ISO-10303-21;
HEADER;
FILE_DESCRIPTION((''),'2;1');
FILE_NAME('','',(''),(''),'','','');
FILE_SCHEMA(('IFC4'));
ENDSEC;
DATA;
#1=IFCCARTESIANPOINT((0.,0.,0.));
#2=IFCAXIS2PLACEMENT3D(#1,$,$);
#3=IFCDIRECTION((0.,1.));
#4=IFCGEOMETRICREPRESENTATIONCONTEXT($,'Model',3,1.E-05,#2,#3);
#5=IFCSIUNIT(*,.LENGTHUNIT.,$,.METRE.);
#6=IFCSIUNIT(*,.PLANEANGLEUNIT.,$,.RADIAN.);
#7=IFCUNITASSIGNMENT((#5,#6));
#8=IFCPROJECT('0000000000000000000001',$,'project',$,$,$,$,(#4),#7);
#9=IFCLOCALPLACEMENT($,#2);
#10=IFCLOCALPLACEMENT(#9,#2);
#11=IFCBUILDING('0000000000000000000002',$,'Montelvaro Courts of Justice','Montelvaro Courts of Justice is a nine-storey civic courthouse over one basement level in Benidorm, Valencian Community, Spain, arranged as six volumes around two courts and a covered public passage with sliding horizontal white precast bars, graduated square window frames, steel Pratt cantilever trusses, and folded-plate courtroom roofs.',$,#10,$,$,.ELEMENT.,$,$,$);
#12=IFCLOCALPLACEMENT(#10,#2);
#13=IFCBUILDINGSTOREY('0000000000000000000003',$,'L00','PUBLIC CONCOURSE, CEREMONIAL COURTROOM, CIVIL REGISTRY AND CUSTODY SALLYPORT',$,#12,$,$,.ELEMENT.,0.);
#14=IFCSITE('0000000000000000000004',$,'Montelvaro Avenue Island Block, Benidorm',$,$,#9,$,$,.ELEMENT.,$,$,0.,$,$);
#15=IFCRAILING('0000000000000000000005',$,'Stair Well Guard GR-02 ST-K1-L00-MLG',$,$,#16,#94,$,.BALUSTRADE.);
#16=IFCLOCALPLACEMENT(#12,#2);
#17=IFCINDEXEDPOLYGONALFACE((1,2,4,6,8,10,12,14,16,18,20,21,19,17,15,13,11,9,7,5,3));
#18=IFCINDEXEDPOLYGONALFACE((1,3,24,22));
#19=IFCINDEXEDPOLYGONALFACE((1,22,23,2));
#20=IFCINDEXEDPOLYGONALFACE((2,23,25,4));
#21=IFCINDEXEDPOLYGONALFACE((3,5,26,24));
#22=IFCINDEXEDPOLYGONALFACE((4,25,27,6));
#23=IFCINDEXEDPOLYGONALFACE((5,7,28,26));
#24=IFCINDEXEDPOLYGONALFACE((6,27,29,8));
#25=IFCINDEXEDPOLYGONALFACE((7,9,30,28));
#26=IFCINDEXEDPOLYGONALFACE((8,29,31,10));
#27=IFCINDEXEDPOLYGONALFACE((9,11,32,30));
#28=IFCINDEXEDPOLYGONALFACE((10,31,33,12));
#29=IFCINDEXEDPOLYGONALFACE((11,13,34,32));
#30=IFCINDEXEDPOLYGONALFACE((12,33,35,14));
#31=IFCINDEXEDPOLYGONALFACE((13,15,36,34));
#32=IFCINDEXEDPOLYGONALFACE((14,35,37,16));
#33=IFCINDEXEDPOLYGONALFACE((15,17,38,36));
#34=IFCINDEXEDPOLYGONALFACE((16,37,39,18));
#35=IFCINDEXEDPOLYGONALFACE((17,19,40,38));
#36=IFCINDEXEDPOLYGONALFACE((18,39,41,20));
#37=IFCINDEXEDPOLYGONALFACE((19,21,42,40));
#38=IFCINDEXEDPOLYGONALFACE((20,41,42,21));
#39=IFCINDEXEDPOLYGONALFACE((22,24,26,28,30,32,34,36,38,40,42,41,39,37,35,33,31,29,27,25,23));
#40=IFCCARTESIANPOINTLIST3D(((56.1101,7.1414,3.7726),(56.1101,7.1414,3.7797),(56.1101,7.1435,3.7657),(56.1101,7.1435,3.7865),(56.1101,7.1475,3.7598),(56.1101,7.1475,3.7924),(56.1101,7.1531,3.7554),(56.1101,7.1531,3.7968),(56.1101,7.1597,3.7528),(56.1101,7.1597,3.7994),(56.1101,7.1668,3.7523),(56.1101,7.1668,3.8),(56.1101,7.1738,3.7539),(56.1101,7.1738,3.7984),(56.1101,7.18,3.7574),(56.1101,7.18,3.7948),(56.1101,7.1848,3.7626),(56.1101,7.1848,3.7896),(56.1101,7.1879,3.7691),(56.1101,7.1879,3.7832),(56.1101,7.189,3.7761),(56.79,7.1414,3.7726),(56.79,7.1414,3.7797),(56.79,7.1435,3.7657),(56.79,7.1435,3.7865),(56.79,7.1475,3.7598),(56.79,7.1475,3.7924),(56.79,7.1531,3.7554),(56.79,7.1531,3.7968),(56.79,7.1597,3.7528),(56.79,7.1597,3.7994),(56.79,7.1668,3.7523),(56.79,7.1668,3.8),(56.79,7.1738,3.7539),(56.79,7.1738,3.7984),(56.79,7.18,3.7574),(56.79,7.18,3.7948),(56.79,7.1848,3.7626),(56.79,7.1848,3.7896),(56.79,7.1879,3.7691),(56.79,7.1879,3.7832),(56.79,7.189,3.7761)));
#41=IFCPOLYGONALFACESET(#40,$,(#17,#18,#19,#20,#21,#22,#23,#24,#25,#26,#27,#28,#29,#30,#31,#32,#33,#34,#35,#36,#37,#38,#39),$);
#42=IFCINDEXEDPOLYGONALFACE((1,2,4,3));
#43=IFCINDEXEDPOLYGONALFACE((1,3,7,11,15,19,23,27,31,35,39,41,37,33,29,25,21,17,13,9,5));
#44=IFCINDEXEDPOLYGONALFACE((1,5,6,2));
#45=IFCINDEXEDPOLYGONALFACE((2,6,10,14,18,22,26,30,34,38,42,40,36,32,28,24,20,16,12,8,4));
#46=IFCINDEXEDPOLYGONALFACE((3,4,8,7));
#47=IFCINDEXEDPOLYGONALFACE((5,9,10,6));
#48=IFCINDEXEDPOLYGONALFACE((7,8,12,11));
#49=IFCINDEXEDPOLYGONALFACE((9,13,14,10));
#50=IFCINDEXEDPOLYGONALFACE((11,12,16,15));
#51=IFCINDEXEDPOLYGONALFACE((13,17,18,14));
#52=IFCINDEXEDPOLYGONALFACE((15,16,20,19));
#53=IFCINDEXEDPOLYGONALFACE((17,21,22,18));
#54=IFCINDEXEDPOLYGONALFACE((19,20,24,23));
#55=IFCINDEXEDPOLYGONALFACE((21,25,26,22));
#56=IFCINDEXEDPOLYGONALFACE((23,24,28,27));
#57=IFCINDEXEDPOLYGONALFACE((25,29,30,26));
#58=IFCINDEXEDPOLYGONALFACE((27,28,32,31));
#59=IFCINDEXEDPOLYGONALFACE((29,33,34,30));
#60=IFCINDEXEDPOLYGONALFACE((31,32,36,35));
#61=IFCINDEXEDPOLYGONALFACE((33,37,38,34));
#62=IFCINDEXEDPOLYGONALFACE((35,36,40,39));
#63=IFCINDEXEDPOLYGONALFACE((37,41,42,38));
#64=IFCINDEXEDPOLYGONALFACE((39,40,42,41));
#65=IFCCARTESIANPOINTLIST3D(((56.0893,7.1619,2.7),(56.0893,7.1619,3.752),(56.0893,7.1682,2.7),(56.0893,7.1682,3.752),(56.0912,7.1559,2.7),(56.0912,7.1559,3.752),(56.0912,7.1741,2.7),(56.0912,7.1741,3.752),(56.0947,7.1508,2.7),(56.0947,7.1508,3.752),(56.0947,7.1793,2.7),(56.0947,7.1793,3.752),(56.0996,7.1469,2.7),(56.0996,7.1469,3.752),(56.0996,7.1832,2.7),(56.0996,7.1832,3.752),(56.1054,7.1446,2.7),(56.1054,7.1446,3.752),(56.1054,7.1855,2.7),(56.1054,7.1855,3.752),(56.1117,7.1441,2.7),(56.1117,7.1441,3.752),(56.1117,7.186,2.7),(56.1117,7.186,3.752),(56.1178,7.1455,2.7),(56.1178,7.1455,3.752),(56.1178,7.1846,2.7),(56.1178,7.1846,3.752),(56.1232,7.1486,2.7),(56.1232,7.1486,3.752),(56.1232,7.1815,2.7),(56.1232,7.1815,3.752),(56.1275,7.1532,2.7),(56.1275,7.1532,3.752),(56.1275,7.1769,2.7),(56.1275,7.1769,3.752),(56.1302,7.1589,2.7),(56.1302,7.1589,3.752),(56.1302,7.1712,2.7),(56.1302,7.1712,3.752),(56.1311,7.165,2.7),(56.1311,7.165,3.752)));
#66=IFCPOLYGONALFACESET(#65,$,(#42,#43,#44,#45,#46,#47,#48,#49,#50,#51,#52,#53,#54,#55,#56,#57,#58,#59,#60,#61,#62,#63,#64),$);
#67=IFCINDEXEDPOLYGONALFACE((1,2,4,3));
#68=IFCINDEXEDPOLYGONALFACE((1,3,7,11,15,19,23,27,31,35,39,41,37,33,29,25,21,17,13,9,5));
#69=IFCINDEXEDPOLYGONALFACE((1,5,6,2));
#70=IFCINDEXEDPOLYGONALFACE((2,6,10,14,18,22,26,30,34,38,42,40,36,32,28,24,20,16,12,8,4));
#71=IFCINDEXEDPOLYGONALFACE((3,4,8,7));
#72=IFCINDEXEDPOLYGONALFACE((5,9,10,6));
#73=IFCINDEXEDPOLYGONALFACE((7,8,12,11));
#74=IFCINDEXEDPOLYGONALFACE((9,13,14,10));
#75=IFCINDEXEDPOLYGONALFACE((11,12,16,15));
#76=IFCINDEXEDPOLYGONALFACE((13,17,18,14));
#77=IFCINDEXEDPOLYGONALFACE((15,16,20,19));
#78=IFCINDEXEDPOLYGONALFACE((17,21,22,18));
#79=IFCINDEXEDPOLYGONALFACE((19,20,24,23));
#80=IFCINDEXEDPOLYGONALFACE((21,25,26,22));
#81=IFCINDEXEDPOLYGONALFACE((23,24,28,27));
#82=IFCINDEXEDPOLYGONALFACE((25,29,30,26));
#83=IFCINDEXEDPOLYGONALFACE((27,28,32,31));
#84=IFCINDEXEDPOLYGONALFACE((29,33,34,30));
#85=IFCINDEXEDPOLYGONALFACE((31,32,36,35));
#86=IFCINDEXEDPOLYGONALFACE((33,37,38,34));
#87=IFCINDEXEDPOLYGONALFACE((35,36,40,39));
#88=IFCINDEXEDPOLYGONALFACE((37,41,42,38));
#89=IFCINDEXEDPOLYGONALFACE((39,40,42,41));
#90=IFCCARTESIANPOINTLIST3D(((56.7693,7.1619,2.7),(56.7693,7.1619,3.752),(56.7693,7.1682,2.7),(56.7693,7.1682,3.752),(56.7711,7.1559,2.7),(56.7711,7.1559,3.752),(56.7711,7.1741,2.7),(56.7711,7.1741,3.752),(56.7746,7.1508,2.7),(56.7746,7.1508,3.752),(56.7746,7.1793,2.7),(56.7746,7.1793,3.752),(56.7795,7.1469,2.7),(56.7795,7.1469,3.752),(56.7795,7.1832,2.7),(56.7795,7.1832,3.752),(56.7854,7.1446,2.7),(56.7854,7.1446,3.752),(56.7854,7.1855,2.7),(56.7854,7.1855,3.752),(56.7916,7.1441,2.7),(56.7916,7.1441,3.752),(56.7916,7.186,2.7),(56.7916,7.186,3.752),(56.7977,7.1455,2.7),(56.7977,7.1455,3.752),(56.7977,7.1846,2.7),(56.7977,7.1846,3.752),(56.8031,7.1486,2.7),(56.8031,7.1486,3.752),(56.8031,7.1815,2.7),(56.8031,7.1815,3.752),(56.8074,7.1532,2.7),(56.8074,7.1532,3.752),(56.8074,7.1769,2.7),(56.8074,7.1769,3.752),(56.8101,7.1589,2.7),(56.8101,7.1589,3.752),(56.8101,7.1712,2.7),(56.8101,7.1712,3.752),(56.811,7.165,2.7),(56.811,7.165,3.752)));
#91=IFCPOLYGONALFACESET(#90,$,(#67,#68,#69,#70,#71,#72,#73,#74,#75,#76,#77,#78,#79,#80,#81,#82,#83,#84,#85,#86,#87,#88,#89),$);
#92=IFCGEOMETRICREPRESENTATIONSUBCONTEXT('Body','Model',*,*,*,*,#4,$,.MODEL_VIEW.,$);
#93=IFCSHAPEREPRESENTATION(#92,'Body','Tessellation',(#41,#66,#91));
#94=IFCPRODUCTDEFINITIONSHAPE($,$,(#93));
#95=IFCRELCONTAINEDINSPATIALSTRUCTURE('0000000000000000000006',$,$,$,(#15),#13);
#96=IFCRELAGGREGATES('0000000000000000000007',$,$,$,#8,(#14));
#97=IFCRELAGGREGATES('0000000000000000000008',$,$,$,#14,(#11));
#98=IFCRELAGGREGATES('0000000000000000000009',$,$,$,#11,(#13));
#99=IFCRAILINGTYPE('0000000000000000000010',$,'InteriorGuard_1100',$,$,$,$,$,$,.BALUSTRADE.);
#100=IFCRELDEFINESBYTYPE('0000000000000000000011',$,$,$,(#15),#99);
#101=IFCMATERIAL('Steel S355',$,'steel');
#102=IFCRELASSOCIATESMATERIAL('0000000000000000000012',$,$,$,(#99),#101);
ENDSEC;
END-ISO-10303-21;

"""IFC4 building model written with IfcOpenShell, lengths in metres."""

from ifc_helpers import new_model, si_unit, direction, frame, origin, origin_2d, place, context, subcontext, project, spatial, circle, extrude, material, type_object, element, save


model = new_model("IFC4")

# Units and contexts
model_context = context("Model", 3, precision=1e-05, world=origin(), true_north=direction((0.0, 1.0)))
body_context = subcontext(model_context, "Body", "Model", "MODEL_VIEW")
ifc_project = project(units=[si_unit("LENGTHUNIT", "METRE"), si_unit("PLANEANGLEUNIT", "RADIAN")], contexts=[model_context])

# Site, building, storey
site_placement = place(None, origin())
site = spatial("IfcSite", under=ifc_project, at=site_placement, Name="Montelvaro Avenue Island Block, Benidorm", CompositionType="ELEMENT", RefElevation=0.0)
building_placement = place(site_placement, origin())
building = spatial("IfcBuilding", under=site, at=building_placement, Name="Montelvaro Courts of Justice", Description="Montelvaro Courts of Justice is a nine-storey civic courthouse over one basement level in Benidorm, Valencian Community, Spain, arranged as six volumes around two courts and a covered public passage with sliding horizontal white precast bars, graduated square window frames, steel Pratt cantilever trusses, and folded-plate courtroom roofs.", CompositionType="ELEMENT")
storey_placement = place(building_placement, origin())
storey = spatial("IfcBuildingStorey", under=building, at=storey_placement, Name="L00", Description="PUBLIC CONCOURSE, CEREMONIAL COURTROOM, CIVIL REGISTRY AND CUSTODY SALLYPORT", CompositionType="ELEMENT", Elevation=0.0)

# Shared definitions
ifc_material_1 = material(Name="Steel S355", Category="steel")

# Railing
railing_type_1 = type_object("IfcRailingType", Name="InteriorGuard_1100", PredefinedType="BALUSTRADE", material=ifc_material_1)
railing_1_placement = place(storey_placement, frame((56.1101, 7.165, 2.7)))
element("IfcRailing", 1, at=railing_1_placement, inside=storey, type_object=railing_type_1, Name="Stair Well Guard GR-02 ST-K1-L00-MLG", PredefinedType="BALUSTRADE", context=body_context, shape_type="SweptSolid", body=[
    extrude(circle(Radius=0.0239, at=origin_2d()), frame((0.0, 0.0, 1.0762), z_axis=(1.0, 0.0, 0.0), x_axis=(0.0, 1.0, 0.0)), (0.0, 0.0, 1.0), 0.6799),
    extrude(circle(Radius=0.021, at=origin_2d()), origin(), (0.0, 0.0, 1.0), 1.052),
    extrude(circle(Radius=0.021, at=origin_2d()), frame((0.6799, 0.0, 0.0)), (0.0, 0.0, 1.0), 1.052),
])

save(model, "model.ifc")
